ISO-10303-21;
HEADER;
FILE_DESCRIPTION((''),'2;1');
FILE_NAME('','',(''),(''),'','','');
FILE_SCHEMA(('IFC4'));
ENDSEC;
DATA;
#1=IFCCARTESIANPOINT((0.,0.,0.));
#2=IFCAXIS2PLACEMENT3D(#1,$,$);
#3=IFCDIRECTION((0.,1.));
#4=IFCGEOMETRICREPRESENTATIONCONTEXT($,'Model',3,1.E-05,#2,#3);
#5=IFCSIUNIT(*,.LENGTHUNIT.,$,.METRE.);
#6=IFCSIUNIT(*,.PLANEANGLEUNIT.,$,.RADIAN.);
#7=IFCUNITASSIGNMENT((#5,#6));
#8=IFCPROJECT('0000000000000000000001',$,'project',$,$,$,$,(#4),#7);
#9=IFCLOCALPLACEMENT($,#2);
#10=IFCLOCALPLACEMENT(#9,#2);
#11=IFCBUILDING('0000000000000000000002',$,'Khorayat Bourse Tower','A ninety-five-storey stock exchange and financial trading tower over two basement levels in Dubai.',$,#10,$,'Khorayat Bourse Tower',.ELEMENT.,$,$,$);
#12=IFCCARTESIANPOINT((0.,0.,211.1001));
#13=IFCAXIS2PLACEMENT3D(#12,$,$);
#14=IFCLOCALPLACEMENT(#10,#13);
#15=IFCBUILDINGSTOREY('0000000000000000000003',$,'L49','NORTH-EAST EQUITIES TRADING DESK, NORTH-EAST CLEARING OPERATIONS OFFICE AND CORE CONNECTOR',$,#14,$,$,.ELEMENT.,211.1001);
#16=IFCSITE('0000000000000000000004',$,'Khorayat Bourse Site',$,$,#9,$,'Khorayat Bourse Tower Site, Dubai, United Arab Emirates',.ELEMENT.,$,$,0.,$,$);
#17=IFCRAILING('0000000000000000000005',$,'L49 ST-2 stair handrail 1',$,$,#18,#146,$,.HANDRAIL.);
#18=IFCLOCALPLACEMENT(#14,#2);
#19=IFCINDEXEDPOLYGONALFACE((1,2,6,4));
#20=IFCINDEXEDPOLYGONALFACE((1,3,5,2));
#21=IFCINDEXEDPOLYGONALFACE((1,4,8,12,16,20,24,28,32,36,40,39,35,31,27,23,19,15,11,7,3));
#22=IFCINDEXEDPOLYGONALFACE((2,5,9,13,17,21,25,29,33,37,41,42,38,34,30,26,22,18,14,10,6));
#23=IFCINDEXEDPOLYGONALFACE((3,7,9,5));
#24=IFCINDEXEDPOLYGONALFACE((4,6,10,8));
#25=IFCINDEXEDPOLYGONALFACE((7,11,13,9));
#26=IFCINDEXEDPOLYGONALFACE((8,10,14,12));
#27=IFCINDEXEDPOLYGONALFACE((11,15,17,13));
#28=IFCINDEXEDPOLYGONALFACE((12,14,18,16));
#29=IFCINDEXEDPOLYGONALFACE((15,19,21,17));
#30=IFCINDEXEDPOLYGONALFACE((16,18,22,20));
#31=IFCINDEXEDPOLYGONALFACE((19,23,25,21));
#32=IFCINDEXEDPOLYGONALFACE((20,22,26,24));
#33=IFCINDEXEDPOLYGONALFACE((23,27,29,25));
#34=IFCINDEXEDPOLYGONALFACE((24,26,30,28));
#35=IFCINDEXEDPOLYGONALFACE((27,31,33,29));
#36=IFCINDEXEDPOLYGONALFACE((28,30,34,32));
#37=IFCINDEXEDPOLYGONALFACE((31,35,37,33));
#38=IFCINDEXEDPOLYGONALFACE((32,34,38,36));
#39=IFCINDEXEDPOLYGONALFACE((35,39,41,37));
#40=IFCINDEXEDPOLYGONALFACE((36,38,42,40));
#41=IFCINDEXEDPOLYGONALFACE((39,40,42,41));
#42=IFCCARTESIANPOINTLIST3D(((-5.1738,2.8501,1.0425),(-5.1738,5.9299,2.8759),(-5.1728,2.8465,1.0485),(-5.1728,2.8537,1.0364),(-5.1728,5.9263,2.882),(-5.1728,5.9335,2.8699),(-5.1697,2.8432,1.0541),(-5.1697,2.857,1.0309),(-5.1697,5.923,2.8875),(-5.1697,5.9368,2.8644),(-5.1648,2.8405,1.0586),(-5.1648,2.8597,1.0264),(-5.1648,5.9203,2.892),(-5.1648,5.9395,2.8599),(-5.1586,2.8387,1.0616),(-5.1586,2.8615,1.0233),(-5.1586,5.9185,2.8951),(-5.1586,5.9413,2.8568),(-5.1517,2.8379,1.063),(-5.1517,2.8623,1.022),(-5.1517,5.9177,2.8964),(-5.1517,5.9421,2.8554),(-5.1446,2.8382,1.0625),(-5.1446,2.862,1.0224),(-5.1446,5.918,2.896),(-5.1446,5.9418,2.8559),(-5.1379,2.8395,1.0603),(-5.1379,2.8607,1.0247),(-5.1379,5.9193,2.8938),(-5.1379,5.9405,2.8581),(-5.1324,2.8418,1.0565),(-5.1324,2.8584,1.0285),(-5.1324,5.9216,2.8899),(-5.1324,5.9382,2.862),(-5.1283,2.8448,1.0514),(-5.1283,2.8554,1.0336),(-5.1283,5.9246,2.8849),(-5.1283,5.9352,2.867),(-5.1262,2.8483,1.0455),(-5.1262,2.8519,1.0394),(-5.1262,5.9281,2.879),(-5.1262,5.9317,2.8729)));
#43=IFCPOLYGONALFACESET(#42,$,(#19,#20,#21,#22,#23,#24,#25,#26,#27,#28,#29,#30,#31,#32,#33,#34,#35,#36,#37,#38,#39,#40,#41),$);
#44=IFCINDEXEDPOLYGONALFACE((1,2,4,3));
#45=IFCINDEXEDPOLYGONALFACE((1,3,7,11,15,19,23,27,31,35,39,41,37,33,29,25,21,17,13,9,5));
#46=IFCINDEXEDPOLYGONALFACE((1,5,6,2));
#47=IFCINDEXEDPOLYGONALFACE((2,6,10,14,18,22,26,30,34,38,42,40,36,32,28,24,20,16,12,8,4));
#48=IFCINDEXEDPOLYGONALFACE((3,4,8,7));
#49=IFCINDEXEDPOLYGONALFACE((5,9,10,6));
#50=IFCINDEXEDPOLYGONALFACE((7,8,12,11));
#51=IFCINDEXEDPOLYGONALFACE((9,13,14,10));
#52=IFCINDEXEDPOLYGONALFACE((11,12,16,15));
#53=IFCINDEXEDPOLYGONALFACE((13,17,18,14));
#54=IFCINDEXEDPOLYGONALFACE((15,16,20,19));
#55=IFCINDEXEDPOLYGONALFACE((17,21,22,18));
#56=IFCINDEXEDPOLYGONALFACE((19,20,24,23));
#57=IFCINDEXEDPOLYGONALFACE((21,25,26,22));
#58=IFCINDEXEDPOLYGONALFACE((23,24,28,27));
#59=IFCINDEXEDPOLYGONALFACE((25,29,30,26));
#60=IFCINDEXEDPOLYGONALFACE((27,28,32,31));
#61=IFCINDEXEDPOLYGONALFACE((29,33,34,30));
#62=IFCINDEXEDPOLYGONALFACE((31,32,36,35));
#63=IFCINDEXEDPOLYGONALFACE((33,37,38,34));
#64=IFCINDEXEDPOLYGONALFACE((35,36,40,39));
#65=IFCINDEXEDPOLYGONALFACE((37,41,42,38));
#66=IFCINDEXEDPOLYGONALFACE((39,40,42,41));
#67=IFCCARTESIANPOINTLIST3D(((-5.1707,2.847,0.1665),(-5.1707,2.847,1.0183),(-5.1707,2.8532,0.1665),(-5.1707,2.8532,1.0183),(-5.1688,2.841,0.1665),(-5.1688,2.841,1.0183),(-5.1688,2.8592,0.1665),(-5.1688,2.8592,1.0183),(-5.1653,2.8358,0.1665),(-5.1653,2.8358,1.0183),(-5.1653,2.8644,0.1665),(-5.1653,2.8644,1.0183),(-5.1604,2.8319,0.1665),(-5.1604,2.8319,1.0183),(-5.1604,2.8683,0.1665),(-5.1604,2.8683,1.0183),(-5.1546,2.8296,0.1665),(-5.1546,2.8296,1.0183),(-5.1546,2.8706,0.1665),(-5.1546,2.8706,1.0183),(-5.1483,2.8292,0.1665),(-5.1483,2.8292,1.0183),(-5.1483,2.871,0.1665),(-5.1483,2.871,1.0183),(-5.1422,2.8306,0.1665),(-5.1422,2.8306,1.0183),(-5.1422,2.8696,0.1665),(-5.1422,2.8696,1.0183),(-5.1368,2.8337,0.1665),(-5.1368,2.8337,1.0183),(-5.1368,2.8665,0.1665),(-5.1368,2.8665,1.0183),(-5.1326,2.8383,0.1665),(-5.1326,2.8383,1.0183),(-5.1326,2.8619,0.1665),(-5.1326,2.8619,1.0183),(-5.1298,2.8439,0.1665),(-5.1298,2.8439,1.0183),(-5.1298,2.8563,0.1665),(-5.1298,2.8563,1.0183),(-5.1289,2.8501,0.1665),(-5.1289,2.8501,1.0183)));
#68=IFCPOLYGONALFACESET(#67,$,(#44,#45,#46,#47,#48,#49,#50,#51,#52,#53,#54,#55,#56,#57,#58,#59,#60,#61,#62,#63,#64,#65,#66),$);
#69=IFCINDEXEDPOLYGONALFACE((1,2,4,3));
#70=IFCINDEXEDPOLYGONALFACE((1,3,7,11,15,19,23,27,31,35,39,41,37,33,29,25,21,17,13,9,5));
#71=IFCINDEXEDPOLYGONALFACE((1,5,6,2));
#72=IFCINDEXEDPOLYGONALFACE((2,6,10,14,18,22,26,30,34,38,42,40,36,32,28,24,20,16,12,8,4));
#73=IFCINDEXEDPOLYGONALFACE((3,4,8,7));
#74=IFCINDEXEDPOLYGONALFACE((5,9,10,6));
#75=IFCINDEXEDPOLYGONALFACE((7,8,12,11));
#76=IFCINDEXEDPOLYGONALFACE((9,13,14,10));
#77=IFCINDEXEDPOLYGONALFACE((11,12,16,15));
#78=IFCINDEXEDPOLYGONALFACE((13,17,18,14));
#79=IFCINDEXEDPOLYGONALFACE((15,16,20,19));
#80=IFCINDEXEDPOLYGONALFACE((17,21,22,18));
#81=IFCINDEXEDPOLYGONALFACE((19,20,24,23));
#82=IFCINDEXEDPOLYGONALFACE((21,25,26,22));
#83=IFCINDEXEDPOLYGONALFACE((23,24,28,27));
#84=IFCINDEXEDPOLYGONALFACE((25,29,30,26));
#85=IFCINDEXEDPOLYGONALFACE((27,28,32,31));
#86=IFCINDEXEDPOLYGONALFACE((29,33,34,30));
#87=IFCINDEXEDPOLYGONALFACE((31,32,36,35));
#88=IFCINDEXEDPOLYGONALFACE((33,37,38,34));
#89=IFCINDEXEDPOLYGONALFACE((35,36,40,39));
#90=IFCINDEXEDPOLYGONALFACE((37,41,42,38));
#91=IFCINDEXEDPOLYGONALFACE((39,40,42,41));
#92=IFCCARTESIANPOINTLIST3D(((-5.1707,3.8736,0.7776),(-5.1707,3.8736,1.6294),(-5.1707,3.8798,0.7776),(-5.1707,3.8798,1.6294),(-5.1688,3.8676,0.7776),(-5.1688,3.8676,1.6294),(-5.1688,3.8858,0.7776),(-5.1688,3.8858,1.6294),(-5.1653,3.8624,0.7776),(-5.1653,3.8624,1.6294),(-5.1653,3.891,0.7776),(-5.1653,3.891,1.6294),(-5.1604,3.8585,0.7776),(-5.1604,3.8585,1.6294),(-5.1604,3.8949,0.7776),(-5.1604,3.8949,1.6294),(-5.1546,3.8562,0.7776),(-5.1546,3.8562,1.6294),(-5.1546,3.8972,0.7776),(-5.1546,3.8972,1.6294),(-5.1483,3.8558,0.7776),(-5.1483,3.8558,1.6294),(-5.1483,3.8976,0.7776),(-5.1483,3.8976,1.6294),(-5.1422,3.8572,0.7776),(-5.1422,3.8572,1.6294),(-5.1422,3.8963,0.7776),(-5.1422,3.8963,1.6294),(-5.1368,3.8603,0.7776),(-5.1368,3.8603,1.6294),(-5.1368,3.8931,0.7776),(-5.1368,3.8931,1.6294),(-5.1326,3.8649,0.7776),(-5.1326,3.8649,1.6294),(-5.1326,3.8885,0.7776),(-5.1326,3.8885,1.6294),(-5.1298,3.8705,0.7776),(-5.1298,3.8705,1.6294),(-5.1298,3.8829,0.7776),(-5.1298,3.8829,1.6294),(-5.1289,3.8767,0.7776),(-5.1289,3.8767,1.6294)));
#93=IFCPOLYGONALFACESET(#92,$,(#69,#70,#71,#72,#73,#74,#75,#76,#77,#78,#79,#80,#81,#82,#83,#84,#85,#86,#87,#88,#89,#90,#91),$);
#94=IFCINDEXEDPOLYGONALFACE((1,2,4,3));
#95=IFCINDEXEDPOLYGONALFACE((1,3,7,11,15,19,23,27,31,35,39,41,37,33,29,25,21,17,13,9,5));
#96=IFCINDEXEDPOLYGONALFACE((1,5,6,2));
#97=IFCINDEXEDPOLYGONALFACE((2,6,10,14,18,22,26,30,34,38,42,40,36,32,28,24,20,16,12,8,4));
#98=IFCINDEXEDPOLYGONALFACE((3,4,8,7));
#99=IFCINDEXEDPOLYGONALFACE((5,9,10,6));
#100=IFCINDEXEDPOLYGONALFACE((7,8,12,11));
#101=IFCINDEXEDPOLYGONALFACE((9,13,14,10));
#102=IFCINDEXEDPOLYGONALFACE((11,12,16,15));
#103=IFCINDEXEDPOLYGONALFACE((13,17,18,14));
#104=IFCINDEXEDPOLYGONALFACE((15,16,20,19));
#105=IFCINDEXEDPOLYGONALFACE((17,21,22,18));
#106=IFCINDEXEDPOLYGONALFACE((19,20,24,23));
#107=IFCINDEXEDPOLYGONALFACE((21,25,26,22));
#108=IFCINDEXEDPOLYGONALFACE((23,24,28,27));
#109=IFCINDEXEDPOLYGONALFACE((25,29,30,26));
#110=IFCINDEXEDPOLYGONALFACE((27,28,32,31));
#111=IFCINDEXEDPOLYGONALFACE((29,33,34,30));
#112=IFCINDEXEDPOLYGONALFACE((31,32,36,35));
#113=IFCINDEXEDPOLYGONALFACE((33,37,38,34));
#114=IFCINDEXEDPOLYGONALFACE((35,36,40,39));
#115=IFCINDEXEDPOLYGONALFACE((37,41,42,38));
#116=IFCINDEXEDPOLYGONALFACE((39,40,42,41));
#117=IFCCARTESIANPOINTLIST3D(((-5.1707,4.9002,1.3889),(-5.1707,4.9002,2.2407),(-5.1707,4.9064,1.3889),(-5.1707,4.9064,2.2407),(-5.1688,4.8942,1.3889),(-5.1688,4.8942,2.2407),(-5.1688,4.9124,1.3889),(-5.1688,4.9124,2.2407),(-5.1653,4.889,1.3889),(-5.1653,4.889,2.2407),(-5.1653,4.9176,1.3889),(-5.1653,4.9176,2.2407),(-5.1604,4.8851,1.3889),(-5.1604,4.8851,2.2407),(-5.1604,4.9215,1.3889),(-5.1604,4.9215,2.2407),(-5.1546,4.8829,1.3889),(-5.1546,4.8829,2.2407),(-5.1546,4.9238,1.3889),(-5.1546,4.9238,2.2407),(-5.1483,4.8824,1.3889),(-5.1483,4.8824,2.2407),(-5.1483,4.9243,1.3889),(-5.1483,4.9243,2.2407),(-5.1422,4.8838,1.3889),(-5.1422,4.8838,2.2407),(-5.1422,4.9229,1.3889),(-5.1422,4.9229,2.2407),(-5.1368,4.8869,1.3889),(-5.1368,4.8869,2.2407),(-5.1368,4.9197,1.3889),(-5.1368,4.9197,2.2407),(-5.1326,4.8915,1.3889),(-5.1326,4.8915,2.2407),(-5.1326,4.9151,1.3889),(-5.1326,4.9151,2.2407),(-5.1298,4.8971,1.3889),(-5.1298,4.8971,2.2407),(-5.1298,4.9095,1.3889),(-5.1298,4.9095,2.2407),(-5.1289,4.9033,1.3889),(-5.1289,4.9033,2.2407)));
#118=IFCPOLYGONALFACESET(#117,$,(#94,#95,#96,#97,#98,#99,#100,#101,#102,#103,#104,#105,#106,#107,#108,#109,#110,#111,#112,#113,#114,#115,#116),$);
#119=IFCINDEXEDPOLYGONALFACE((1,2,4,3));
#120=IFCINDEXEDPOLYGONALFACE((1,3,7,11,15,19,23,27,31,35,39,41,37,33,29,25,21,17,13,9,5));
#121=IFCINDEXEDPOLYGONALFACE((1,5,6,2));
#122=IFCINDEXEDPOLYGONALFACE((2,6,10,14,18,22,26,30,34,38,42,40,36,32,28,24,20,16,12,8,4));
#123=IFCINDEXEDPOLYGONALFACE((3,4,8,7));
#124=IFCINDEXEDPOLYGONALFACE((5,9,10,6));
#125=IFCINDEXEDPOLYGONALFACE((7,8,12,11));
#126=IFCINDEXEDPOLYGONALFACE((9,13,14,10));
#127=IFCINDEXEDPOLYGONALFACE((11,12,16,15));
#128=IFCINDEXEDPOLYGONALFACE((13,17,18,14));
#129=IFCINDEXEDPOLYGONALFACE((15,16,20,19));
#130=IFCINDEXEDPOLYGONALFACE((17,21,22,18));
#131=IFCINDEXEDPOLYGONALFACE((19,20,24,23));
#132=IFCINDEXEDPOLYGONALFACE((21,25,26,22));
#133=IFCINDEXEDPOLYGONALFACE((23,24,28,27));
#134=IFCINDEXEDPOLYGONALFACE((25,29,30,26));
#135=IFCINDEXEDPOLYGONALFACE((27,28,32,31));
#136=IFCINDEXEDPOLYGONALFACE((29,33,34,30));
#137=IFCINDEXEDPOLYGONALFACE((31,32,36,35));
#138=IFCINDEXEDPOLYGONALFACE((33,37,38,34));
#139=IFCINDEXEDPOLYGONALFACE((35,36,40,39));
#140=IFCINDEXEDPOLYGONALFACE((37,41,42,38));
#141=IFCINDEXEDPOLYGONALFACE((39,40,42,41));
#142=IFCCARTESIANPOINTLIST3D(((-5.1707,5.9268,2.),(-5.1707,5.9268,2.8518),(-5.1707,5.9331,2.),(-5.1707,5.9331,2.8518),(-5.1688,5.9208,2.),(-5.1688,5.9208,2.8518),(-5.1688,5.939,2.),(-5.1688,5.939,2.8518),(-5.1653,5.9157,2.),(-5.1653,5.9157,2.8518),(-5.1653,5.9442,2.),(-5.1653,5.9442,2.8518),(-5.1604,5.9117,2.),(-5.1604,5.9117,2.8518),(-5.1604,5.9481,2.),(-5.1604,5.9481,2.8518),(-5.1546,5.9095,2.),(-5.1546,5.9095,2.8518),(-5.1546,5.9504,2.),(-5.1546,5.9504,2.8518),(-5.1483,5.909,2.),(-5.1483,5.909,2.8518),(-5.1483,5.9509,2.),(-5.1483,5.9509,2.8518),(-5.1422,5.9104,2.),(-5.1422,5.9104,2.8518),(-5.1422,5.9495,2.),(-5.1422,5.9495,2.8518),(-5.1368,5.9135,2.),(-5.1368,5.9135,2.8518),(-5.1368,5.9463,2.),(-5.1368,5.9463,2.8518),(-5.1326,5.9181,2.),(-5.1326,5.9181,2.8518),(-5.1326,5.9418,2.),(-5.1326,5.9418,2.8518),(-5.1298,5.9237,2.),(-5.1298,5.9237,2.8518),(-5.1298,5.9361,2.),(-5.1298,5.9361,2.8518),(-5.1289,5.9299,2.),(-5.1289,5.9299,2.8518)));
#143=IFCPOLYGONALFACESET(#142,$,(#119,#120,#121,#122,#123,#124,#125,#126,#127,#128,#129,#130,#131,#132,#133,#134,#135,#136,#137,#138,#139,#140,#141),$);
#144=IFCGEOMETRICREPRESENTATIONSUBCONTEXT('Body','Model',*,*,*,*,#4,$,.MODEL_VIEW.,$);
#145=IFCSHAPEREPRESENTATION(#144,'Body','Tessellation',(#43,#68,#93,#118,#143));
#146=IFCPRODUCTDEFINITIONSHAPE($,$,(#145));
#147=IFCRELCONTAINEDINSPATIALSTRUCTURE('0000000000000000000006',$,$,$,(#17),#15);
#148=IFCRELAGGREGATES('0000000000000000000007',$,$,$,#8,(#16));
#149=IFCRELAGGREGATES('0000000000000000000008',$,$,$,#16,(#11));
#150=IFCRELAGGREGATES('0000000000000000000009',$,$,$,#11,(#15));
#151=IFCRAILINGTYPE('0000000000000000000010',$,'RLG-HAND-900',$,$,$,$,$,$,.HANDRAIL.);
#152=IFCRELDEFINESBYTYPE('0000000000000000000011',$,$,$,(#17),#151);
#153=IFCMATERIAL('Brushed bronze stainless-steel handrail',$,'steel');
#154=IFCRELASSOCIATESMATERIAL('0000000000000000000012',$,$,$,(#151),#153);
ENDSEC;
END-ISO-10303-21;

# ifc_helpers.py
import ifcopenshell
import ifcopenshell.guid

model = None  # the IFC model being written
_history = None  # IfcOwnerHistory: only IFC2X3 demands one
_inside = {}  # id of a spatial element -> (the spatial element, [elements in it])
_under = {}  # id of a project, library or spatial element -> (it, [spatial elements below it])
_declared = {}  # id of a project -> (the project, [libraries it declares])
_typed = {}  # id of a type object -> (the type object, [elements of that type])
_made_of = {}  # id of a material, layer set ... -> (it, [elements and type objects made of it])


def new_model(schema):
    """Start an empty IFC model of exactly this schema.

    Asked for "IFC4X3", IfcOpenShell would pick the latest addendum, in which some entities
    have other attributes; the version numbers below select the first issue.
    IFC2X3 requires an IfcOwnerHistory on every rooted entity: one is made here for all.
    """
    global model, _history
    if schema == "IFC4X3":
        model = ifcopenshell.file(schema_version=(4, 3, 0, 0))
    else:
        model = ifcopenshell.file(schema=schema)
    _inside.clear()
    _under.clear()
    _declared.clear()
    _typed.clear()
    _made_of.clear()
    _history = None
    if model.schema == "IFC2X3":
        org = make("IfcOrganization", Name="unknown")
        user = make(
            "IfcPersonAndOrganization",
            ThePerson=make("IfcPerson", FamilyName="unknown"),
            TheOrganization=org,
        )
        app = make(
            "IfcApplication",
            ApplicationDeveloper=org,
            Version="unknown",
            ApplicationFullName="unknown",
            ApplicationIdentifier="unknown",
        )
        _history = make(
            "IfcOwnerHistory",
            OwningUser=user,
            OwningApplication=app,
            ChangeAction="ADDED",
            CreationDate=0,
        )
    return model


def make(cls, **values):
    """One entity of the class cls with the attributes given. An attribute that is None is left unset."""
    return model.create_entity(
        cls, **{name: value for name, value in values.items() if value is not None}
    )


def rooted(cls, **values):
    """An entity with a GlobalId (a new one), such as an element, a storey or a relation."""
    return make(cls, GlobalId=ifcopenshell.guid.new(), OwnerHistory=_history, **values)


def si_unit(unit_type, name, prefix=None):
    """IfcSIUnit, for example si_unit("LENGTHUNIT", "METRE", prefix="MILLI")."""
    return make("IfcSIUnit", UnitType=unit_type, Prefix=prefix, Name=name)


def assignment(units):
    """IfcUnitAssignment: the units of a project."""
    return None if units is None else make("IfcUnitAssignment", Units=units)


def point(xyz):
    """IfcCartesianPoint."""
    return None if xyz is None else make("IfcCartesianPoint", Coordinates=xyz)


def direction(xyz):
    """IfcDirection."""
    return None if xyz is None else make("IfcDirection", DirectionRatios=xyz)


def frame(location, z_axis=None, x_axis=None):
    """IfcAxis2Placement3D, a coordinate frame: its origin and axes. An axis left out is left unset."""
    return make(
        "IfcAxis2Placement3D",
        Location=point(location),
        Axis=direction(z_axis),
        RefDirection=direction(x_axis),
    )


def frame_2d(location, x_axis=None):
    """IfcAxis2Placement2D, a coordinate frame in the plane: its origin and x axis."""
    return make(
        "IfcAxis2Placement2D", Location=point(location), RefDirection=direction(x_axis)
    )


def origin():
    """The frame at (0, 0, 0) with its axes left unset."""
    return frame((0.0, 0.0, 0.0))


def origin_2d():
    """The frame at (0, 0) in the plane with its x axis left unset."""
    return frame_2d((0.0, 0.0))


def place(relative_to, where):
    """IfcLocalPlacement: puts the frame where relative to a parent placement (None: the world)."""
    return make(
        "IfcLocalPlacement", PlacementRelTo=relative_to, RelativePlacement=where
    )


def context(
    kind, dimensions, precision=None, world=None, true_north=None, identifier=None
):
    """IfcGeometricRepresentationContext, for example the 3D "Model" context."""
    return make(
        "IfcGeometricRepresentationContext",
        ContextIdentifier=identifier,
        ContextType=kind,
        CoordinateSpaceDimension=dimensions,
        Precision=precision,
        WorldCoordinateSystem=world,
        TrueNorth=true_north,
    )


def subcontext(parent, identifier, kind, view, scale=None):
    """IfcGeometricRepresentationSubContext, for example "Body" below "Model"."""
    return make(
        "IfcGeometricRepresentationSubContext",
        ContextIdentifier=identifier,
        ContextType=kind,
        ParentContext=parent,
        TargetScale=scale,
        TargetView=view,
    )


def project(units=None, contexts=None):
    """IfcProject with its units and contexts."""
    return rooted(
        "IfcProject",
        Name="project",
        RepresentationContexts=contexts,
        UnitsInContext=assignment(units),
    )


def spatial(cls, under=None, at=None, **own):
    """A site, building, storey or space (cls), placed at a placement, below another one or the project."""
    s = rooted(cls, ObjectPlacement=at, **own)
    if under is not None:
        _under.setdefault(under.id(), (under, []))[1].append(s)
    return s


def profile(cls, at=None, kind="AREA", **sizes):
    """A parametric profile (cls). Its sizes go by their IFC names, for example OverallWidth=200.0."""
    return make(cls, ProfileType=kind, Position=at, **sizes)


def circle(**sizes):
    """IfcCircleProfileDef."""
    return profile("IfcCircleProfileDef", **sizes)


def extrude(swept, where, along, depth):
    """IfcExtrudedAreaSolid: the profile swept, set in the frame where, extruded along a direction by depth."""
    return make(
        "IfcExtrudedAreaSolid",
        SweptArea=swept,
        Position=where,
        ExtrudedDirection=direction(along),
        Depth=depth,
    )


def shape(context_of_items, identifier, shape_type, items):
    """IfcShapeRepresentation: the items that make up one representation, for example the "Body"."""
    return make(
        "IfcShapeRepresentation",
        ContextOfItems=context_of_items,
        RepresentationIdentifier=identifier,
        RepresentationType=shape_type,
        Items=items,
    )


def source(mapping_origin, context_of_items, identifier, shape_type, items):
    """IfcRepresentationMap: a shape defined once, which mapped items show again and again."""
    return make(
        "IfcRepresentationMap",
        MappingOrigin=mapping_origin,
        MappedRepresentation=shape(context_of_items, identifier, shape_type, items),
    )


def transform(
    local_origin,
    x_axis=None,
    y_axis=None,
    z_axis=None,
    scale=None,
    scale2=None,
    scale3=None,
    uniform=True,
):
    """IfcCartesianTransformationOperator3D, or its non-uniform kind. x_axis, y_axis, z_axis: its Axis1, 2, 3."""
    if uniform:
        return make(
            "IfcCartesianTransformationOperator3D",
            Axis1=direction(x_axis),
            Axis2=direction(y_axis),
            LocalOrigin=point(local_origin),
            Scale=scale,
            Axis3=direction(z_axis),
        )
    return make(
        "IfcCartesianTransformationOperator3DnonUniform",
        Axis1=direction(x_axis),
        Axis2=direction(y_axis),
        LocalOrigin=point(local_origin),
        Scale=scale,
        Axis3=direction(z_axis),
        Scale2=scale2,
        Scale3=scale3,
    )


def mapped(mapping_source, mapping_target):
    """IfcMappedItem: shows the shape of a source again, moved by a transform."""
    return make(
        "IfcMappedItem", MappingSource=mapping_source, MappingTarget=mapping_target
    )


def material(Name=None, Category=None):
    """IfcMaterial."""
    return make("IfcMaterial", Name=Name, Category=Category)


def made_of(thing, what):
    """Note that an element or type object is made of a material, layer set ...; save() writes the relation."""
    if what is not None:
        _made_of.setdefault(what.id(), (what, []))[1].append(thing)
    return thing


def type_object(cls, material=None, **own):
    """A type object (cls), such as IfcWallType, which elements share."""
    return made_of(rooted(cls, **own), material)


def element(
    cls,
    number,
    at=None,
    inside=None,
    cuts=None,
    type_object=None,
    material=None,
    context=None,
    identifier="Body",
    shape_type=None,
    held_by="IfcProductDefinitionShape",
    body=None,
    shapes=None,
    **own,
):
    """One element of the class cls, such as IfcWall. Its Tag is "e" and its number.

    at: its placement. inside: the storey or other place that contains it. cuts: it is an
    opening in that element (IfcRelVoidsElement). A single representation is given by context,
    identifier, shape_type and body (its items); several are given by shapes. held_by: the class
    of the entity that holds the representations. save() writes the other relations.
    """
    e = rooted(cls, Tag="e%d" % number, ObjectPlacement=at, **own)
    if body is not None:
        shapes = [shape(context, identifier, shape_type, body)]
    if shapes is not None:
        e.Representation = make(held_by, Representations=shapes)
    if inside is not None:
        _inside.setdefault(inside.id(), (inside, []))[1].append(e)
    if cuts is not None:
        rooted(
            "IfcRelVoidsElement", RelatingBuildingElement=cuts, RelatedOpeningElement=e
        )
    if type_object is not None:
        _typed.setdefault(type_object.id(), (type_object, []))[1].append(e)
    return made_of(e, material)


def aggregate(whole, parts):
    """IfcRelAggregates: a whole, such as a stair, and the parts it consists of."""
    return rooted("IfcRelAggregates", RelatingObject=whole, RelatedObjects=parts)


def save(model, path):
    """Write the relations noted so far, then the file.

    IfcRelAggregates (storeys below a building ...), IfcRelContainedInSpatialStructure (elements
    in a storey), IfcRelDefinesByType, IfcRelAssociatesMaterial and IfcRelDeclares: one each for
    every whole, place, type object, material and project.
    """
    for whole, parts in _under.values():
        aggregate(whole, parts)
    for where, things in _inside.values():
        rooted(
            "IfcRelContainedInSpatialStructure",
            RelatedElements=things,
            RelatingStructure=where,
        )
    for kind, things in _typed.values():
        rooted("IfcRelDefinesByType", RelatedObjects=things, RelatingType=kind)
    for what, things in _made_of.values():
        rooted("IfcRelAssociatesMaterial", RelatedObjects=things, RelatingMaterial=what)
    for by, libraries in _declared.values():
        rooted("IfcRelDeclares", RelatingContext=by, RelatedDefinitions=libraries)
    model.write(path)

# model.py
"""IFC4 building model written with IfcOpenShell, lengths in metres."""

from ifc_helpers import new_model, si_unit, direction, frame, origin, origin_2d, place, context, subcontext, project, spatial, circle, extrude, source, transform, mapped, material, type_object, element, save


model = new_model("IFC4")

# Units and contexts
model_context = context("Model", 3, precision=1e-05, world=origin(), true_north=direction((0.0, 1.0)))
body_context = subcontext(model_context, "Body", "Model", "MODEL_VIEW")
ifc_project = project(units=[si_unit("LENGTHUNIT", "METRE"), si_unit("PLANEANGLEUNIT", "RADIAN")], contexts=[model_context])

# Site, building, storey
site_placement = place(None, origin())
site = spatial("IfcSite", under=ifc_project, at=site_placement, Name="Khorayat Bourse Site", LongName="Khorayat Bourse Tower Site, Dubai, United Arab Emirates", CompositionType="ELEMENT", RefElevation=0.0)
building_placement = place(site_placement, origin())
building = spatial("IfcBuilding", under=site, at=building_placement, Name="Khorayat Bourse Tower", Description="A ninety-five-storey stock exchange and financial trading tower over two basement levels in Dubai.", LongName="Khorayat Bourse Tower", CompositionType="ELEMENT")
storey_placement = place(building_placement, frame((0.0, 0.0, 211.1001)))
storey = spatial("IfcBuildingStorey", under=building, at=storey_placement, Name="L49", Description="NORTH-EAST EQUITIES TRADING DESK, NORTH-EAST CLEARING OPERATIONS OFFICE AND CORE CONNECTOR", CompositionType="ELEMENT", Elevation=211.1001)

# Railing
ifc_material_1 = material(Name="Brushed bronze stainless-steel handrail", Category="steel")
railing_type_1 = type_object("IfcRailingType", Name="RLG-HAND-900", PredefinedType="HANDRAIL", material=ifc_material_1)
shared_shape_1 = source(origin(), body_context, "Body", "SweptSolid", [
    extrude(circle(Radius=0.0239, at=origin_2d()), frame((0.0, 0.0, 0.876), z_axis=(0.0, 0.859261, 0.511538), x_axis=(-1.0, 0.0, 0.0)), (0.0, 0.0, 1.0), 3.5842),
    extrude(circle(Radius=0.021, at=origin_2d()), origin(), (0.0, 0.0, 1.0), 0.8518),
    extrude(circle(Radius=0.021, at=origin_2d()), frame((0.0, 1.0266, 0.6111)), (0.0, 0.0, 1.0), 0.8518),
    extrude(circle(Radius=0.021, at=origin_2d()), frame((0.0, 2.0532, 1.2224)), (0.0, 0.0, 1.0), 0.8518),
    extrude(circle(Radius=0.021, at=origin_2d()), frame((0.0, 3.0798, 1.8335)), (0.0, 0.0, 1.0), 0.8518),
])
railing_1_placement = place(storey_placement, frame((-5.1499, 2.8501, 0.1665)))
element("IfcRailing", 1, at=railing_1_placement, inside=storey, type_object=railing_type_1, Name="L49 ST-2 stair handrail 1", PredefinedType="HANDRAIL", context=body_context, shape_type="MappedRepresentation", body=[
    mapped(shared_shape_1, transform((0.0, 0.0, 0.0), scale=1.0)),
])

save(model, "model.ifc")
